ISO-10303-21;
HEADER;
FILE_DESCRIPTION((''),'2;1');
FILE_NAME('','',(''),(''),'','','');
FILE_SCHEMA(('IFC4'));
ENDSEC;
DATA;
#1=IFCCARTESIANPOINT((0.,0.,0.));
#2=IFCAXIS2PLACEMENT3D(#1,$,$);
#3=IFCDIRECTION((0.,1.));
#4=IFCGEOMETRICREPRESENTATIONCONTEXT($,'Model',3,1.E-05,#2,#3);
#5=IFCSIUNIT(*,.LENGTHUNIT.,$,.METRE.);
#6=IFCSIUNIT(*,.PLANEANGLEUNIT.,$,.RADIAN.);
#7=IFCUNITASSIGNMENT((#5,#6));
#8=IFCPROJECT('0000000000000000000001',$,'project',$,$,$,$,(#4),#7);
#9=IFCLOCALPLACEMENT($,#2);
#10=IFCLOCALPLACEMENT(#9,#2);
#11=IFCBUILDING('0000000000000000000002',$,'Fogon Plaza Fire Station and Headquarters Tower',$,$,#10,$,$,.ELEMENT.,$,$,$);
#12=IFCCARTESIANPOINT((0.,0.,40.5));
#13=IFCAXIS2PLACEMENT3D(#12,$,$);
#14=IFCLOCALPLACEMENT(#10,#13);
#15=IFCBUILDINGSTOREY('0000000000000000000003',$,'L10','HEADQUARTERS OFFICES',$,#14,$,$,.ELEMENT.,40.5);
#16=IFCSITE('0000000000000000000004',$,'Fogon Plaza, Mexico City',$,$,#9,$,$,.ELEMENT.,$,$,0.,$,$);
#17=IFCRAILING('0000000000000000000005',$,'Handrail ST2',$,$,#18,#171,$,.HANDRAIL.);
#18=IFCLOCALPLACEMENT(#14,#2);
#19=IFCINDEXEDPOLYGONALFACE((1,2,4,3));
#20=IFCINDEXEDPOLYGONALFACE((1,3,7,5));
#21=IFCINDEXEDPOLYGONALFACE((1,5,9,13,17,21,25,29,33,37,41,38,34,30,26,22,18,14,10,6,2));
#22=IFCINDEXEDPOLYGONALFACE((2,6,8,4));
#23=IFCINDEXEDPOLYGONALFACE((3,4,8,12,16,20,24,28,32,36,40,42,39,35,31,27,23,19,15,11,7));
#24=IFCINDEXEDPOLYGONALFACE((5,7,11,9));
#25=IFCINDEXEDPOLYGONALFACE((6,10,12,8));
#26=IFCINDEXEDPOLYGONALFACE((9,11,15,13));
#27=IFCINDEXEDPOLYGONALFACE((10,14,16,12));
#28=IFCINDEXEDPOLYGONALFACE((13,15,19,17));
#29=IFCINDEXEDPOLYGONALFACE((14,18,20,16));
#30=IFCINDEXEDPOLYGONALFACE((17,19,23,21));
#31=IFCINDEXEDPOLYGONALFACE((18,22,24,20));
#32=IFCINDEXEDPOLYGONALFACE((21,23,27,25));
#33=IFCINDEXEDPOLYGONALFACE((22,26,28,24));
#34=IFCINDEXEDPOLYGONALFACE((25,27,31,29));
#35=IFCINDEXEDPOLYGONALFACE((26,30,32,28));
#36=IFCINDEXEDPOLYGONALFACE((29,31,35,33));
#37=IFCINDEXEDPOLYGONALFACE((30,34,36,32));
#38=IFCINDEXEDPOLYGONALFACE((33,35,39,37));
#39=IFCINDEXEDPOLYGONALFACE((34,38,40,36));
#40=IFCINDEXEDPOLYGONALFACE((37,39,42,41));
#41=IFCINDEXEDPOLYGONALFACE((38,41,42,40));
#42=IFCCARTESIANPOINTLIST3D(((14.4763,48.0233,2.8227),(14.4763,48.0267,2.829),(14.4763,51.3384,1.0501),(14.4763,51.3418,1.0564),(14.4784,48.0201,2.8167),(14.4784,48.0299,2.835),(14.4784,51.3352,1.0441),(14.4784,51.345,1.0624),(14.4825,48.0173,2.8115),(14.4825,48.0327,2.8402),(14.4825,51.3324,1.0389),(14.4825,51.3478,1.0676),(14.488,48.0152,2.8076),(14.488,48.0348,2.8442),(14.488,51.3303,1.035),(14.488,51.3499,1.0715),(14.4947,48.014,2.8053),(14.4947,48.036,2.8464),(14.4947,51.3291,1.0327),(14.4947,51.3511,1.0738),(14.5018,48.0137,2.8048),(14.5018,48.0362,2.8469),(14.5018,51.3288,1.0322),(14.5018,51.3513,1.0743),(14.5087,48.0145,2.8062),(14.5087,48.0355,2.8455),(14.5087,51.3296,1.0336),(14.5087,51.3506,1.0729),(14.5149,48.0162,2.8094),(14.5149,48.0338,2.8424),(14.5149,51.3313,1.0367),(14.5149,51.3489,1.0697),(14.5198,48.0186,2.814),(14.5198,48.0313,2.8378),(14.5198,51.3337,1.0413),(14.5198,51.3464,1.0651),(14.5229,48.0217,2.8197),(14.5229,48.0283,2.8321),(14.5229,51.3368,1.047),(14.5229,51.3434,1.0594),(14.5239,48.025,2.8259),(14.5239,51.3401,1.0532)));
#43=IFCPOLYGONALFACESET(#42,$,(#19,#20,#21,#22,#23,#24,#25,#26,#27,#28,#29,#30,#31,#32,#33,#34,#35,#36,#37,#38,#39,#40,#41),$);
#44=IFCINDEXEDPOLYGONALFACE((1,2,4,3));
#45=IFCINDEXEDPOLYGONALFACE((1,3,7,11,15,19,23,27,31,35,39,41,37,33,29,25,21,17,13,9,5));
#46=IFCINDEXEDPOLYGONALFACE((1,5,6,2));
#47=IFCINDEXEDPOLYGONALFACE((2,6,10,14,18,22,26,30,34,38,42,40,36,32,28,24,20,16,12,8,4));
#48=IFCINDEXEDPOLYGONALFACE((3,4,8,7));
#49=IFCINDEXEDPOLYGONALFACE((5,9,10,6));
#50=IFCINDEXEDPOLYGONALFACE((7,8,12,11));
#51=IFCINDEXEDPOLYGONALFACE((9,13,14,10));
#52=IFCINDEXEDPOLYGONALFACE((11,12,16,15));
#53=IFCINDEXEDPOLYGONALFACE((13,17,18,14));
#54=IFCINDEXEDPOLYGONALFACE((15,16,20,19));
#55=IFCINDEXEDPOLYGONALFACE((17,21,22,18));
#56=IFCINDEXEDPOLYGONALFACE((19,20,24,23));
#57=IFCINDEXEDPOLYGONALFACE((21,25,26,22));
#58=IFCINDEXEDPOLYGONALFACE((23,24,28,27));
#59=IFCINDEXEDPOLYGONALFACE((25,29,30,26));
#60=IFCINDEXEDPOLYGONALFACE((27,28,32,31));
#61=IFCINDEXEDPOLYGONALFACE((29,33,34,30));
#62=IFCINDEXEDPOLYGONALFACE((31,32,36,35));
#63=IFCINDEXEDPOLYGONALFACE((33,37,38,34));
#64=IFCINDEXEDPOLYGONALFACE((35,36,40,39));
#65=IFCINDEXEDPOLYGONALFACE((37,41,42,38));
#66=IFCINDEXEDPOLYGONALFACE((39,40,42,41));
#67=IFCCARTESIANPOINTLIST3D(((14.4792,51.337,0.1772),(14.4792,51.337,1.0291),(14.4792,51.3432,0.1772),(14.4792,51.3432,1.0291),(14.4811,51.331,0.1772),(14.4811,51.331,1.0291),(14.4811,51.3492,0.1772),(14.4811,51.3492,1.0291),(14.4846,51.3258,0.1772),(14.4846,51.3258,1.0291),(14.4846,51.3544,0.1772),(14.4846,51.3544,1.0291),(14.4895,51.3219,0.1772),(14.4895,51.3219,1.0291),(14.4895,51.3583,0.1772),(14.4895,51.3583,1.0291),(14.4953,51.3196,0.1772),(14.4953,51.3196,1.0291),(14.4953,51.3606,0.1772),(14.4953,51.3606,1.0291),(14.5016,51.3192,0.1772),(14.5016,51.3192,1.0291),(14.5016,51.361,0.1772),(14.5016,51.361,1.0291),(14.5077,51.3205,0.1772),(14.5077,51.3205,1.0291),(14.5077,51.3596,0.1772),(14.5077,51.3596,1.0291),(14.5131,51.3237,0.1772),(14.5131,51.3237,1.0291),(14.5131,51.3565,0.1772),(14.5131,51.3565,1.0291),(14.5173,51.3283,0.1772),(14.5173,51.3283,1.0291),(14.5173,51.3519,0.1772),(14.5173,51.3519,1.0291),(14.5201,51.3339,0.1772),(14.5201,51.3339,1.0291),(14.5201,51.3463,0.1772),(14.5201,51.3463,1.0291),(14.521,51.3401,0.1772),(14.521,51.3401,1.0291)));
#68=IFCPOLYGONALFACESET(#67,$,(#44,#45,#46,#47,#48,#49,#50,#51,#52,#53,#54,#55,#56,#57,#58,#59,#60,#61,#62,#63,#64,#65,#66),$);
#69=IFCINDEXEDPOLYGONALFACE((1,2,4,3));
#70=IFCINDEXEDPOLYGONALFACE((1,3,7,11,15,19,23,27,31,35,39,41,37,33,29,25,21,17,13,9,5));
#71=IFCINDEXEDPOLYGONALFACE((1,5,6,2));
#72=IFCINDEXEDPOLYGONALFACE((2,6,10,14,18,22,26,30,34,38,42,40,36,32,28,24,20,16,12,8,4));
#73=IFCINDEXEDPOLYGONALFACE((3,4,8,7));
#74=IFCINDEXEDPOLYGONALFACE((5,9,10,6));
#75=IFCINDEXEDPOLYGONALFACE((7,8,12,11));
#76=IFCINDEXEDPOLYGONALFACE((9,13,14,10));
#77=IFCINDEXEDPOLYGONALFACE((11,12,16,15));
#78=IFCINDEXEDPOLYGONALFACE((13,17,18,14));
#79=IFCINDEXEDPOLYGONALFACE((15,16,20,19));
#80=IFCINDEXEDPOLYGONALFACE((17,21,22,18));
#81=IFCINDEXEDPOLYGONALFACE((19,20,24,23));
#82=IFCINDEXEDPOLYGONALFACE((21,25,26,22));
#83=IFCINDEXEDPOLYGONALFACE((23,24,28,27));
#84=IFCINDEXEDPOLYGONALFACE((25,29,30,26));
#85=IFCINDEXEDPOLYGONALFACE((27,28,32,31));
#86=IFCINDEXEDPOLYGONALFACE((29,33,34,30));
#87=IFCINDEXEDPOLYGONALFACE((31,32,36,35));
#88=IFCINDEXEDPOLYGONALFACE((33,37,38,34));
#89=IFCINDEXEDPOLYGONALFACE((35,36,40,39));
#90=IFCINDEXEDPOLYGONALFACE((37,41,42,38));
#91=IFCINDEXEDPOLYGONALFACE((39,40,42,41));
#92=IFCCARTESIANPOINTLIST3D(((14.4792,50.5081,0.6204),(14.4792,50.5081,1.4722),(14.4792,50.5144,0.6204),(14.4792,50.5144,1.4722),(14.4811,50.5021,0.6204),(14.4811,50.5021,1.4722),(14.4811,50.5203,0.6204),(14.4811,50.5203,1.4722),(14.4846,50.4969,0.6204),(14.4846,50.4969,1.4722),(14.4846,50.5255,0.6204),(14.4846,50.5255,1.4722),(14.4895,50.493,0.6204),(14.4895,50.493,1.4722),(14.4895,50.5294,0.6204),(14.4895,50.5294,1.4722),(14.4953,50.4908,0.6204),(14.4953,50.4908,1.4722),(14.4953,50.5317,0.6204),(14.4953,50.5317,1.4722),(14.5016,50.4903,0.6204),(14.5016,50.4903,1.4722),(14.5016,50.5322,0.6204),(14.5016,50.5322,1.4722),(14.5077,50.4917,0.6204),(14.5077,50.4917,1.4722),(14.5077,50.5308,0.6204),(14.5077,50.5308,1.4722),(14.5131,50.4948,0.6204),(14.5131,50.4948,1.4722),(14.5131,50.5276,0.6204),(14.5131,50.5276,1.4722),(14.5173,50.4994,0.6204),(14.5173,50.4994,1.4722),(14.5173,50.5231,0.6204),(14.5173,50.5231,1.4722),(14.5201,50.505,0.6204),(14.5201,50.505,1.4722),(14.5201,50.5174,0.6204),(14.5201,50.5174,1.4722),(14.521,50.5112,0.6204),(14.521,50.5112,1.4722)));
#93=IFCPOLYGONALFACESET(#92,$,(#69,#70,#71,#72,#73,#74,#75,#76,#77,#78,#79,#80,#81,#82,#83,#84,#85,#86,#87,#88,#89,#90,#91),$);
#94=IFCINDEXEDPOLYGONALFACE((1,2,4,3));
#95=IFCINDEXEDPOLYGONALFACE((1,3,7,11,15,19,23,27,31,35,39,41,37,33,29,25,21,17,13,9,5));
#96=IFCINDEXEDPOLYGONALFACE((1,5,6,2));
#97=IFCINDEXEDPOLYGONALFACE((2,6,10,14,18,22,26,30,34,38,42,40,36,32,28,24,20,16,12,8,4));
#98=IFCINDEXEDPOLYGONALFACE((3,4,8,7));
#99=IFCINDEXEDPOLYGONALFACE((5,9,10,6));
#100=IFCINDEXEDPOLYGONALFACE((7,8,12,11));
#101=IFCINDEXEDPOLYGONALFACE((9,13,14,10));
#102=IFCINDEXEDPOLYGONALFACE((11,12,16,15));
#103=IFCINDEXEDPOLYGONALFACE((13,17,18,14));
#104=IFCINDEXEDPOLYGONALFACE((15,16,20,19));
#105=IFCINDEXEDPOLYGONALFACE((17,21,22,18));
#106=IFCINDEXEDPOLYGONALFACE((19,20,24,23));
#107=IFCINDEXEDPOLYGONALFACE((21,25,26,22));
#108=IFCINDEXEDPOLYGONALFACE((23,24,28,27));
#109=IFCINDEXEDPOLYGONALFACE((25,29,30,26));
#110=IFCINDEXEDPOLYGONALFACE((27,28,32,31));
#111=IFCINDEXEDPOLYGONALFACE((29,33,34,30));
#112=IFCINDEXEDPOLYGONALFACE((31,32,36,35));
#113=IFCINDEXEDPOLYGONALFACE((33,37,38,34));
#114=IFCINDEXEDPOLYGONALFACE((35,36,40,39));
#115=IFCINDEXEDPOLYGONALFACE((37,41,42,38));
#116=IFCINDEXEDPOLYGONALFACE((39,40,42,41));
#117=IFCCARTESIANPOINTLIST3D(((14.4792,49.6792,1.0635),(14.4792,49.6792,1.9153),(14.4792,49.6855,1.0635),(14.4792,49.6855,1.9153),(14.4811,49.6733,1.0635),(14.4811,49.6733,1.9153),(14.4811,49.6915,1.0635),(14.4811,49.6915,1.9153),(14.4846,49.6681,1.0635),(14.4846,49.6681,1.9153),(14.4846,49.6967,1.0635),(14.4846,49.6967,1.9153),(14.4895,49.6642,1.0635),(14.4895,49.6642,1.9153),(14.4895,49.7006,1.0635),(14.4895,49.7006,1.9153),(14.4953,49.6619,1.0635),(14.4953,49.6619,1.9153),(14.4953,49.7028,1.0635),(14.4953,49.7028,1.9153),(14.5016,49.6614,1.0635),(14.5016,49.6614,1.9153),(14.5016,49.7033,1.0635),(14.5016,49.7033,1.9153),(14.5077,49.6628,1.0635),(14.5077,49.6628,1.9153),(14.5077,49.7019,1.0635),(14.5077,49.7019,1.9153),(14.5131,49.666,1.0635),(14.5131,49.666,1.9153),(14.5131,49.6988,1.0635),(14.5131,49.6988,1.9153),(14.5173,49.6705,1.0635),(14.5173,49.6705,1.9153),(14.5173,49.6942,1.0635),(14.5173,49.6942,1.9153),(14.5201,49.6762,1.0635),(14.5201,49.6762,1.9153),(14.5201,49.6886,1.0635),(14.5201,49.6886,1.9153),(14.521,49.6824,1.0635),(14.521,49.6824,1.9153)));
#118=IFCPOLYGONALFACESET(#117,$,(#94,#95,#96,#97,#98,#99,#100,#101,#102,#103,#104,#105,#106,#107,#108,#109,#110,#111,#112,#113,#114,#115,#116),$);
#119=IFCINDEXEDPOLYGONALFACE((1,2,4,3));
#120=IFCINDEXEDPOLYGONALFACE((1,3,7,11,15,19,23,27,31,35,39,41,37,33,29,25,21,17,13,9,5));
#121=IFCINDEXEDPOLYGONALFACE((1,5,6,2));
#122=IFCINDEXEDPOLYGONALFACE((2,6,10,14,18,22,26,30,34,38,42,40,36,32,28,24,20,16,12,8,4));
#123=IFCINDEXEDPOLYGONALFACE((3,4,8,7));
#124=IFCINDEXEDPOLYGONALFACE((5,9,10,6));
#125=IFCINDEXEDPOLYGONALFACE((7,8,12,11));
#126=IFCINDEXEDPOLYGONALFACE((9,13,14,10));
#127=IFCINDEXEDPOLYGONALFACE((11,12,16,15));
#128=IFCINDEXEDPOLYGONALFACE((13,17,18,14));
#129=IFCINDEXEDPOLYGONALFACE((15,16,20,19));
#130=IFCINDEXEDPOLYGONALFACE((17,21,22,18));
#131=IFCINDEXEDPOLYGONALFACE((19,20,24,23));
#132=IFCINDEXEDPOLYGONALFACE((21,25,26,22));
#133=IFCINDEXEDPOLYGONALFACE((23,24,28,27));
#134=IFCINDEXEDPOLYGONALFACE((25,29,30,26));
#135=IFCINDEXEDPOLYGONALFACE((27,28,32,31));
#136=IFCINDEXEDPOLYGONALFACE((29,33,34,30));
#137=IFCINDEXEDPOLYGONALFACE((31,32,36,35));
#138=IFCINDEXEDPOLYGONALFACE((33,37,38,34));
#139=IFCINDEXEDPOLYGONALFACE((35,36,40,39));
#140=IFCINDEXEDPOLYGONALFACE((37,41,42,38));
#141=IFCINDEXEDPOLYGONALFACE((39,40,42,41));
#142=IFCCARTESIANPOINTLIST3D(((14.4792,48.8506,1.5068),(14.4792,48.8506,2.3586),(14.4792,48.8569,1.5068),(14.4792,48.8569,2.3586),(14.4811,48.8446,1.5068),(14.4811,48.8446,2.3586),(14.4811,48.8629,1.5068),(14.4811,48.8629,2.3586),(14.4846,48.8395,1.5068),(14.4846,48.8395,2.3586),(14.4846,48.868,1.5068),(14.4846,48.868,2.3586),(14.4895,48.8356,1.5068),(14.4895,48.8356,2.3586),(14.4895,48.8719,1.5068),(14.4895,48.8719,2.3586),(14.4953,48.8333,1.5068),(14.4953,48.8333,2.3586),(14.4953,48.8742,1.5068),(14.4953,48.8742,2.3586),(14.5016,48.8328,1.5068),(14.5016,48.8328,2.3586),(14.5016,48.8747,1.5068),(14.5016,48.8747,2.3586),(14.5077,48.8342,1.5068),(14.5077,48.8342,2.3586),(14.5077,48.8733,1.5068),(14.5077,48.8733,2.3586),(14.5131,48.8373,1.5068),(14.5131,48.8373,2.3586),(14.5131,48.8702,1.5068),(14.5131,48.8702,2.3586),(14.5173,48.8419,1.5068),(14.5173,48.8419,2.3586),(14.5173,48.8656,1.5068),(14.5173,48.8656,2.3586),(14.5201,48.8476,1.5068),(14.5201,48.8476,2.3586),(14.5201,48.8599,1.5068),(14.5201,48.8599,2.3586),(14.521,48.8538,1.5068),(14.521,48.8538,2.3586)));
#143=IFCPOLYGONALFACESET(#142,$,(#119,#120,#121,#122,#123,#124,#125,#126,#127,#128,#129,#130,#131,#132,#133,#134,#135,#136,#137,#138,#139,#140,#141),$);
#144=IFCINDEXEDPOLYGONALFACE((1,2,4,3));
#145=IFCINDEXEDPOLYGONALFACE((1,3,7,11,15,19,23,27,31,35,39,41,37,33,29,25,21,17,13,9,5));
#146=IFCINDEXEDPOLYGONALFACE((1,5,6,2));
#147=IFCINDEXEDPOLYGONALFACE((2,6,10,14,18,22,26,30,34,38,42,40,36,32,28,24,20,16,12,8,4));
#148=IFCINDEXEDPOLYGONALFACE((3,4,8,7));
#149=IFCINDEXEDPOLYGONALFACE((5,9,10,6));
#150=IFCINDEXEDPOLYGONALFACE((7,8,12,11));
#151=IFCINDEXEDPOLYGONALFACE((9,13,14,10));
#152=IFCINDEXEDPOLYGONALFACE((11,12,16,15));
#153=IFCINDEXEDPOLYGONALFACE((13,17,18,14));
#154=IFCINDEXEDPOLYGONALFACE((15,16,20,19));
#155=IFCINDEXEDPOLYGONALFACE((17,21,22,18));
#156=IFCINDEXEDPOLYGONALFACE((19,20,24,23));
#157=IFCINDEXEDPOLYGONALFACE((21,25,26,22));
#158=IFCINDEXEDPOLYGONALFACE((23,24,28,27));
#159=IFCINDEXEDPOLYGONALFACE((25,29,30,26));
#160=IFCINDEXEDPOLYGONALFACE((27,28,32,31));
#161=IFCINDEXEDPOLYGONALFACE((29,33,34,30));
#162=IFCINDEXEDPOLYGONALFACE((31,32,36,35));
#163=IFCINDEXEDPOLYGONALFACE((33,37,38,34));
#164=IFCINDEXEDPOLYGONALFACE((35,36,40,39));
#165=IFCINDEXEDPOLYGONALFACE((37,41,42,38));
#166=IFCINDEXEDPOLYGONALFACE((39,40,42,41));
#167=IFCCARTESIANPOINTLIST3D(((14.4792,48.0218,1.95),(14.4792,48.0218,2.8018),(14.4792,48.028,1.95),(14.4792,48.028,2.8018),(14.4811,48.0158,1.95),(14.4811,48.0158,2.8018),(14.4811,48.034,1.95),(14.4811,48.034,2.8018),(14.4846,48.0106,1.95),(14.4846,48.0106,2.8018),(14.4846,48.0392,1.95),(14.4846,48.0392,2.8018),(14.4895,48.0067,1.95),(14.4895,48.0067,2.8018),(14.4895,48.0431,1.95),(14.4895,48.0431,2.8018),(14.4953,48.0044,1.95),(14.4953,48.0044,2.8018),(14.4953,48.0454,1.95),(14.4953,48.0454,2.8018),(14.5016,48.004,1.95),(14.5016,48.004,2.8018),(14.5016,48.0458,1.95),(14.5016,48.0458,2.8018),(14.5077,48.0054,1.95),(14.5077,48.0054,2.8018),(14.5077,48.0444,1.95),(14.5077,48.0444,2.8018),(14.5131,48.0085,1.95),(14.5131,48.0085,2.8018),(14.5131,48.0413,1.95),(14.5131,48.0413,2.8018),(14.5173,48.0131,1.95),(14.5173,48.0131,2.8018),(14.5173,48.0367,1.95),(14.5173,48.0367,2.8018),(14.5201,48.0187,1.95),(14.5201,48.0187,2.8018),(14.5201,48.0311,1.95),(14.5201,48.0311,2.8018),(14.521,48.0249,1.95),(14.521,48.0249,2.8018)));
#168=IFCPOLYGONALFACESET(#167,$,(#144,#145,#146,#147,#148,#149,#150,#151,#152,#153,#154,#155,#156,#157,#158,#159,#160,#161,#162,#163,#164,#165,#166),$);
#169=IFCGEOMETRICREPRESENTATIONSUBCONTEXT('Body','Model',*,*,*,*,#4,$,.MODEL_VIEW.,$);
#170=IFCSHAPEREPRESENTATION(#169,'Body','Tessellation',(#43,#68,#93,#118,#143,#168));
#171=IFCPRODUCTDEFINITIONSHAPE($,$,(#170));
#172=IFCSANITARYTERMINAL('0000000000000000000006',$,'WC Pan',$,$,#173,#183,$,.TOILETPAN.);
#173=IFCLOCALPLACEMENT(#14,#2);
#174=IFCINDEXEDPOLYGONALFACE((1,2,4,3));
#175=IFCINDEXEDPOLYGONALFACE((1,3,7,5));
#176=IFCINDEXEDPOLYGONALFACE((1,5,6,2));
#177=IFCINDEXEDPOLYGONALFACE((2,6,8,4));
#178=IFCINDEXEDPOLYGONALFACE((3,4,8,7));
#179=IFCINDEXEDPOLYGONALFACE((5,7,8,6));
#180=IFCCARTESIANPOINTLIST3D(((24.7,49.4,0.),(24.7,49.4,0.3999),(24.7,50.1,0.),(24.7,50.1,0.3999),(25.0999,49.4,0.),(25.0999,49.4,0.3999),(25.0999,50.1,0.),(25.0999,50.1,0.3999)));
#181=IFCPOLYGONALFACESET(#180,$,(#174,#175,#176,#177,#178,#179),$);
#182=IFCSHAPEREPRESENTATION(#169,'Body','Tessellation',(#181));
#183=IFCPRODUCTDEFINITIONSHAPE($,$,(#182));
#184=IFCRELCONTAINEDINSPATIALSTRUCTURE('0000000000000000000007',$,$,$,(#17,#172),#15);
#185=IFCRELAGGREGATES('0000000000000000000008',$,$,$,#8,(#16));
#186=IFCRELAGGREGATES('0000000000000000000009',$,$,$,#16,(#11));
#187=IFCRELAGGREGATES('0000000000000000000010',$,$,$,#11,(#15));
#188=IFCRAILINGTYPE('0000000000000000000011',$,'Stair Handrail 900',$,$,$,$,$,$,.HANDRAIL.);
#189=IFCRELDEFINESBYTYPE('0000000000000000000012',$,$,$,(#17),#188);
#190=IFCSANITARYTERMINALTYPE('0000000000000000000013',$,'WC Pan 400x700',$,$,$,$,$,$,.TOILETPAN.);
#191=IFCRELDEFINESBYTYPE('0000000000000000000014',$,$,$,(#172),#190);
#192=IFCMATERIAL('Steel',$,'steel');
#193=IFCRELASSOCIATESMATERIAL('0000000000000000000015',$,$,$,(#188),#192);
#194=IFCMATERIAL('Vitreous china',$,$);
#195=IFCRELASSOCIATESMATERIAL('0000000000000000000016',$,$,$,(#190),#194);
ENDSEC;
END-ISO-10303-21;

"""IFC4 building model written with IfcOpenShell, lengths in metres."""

from ifc_helpers import new_model, si_unit, direction, frame, origin, origin_2d, place, context, subcontext, project, spatial, rectangle, circle, extrude, material, type_object, element, save


model = new_model("IFC4")

# Units and contexts
model_context = context("Model", 3, precision=1e-05, world=origin(), true_north=direction((0.0, 1.0)))
body_context = subcontext(model_context, "Body", "Model", "MODEL_VIEW")
ifc_project = project(units=[si_unit("LENGTHUNIT", "METRE"), si_unit("PLANEANGLEUNIT", "RADIAN")], contexts=[model_context])

# Site, building, storey
site_placement = place(None, origin())
site = spatial("IfcSite", under=ifc_project, at=site_placement, Name="Fogon Plaza, Mexico City", CompositionType="ELEMENT", RefElevation=0.0)
building_placement = place(site_placement, origin())
building = spatial("IfcBuilding", under=site, at=building_placement, Name="Fogon Plaza Fire Station and Headquarters Tower", CompositionType="ELEMENT")
storey_placement = place(building_placement, frame((0.0, 0.0, 40.5)))
storey = spatial("IfcBuildingStorey", under=building, at=storey_placement, Name="L10", Description="HEADQUARTERS OFFICES", CompositionType="ELEMENT", Elevation=40.5)

# Railing
ifc_material_1 = material(Name="Steel", Category="steel")
railing_type = type_object("IfcRailingType", Name="Stair Handrail 900", PredefinedType="HANDRAIL", material=ifc_material_1)
for number, where, name in (
    (1, (14.5, 51.3401, 0.1772), "Handrail ST2"),
):
    element("IfcRailing", number, at=place(storey_placement, frame(where)), inside=storey, type_object=railing_type, Name=name, PredefinedType="HANDRAIL", context=body_context, shape_type="SweptSolid", body=[
        extrude(circle(Radius=0.0239, at=origin_2d()), frame((0.0, 0.0, 0.876), z_axis=(0.0, -0.881844, 0.471542), x_axis=(1.0, 0.0, 0.0)), (0.0, 0.0, 1.0), 3.7593),
        extrude(circle(Radius=0.021, at=origin_2d()), origin(), (0.0, 0.0, 1.0), 0.8518),
        extrude(circle(Radius=0.021, at=origin_2d()), frame((0.0, -0.8289, 0.4431)), (0.0, 0.0, 1.0), 0.8518),
        extrude(circle(Radius=0.021, at=origin_2d()), frame((0.0, -1.6577, 0.8862)), (0.0, 0.0, 1.0), 0.8518),
        extrude(circle(Radius=0.021, at=origin_2d()), frame((0.0, -2.4863, 1.3296)), (0.0, 0.0, 1.0), 0.8518),
        extrude(circle(Radius=0.021, at=origin_2d()), frame((0.0, -3.3152, 1.7727)), (0.0, 0.0, 1.0), 0.8518),
    ])

# Sanitary terminal
ifc_material_2 = material(Name="Vitreous china")
sanitary_terminal_type = type_object("IfcSanitaryTerminalType", Name="WC Pan 400x700", PredefinedType="TOILETPAN", material=ifc_material_2)
sanitary_terminal_placement = place(storey_placement, frame((24.8999, 49.75, 0.0), z_axis=(0.0, 0.0, 1.0), x_axis=(1.0, 0.0, 0.0)))
element("IfcSanitaryTerminal", 2, at=sanitary_terminal_placement, inside=storey, type_object=sanitary_terminal_type, Name="WC Pan", PredefinedType="TOILETPAN", context=body_context, shape_type="SweptSolid", body=[
    extrude(rectangle(XDim=0.3999, YDim=0.7, at=origin_2d()), origin(), (0.0, 0.0, 1.0), 0.3999),
])

save(model, "model.ifc")
